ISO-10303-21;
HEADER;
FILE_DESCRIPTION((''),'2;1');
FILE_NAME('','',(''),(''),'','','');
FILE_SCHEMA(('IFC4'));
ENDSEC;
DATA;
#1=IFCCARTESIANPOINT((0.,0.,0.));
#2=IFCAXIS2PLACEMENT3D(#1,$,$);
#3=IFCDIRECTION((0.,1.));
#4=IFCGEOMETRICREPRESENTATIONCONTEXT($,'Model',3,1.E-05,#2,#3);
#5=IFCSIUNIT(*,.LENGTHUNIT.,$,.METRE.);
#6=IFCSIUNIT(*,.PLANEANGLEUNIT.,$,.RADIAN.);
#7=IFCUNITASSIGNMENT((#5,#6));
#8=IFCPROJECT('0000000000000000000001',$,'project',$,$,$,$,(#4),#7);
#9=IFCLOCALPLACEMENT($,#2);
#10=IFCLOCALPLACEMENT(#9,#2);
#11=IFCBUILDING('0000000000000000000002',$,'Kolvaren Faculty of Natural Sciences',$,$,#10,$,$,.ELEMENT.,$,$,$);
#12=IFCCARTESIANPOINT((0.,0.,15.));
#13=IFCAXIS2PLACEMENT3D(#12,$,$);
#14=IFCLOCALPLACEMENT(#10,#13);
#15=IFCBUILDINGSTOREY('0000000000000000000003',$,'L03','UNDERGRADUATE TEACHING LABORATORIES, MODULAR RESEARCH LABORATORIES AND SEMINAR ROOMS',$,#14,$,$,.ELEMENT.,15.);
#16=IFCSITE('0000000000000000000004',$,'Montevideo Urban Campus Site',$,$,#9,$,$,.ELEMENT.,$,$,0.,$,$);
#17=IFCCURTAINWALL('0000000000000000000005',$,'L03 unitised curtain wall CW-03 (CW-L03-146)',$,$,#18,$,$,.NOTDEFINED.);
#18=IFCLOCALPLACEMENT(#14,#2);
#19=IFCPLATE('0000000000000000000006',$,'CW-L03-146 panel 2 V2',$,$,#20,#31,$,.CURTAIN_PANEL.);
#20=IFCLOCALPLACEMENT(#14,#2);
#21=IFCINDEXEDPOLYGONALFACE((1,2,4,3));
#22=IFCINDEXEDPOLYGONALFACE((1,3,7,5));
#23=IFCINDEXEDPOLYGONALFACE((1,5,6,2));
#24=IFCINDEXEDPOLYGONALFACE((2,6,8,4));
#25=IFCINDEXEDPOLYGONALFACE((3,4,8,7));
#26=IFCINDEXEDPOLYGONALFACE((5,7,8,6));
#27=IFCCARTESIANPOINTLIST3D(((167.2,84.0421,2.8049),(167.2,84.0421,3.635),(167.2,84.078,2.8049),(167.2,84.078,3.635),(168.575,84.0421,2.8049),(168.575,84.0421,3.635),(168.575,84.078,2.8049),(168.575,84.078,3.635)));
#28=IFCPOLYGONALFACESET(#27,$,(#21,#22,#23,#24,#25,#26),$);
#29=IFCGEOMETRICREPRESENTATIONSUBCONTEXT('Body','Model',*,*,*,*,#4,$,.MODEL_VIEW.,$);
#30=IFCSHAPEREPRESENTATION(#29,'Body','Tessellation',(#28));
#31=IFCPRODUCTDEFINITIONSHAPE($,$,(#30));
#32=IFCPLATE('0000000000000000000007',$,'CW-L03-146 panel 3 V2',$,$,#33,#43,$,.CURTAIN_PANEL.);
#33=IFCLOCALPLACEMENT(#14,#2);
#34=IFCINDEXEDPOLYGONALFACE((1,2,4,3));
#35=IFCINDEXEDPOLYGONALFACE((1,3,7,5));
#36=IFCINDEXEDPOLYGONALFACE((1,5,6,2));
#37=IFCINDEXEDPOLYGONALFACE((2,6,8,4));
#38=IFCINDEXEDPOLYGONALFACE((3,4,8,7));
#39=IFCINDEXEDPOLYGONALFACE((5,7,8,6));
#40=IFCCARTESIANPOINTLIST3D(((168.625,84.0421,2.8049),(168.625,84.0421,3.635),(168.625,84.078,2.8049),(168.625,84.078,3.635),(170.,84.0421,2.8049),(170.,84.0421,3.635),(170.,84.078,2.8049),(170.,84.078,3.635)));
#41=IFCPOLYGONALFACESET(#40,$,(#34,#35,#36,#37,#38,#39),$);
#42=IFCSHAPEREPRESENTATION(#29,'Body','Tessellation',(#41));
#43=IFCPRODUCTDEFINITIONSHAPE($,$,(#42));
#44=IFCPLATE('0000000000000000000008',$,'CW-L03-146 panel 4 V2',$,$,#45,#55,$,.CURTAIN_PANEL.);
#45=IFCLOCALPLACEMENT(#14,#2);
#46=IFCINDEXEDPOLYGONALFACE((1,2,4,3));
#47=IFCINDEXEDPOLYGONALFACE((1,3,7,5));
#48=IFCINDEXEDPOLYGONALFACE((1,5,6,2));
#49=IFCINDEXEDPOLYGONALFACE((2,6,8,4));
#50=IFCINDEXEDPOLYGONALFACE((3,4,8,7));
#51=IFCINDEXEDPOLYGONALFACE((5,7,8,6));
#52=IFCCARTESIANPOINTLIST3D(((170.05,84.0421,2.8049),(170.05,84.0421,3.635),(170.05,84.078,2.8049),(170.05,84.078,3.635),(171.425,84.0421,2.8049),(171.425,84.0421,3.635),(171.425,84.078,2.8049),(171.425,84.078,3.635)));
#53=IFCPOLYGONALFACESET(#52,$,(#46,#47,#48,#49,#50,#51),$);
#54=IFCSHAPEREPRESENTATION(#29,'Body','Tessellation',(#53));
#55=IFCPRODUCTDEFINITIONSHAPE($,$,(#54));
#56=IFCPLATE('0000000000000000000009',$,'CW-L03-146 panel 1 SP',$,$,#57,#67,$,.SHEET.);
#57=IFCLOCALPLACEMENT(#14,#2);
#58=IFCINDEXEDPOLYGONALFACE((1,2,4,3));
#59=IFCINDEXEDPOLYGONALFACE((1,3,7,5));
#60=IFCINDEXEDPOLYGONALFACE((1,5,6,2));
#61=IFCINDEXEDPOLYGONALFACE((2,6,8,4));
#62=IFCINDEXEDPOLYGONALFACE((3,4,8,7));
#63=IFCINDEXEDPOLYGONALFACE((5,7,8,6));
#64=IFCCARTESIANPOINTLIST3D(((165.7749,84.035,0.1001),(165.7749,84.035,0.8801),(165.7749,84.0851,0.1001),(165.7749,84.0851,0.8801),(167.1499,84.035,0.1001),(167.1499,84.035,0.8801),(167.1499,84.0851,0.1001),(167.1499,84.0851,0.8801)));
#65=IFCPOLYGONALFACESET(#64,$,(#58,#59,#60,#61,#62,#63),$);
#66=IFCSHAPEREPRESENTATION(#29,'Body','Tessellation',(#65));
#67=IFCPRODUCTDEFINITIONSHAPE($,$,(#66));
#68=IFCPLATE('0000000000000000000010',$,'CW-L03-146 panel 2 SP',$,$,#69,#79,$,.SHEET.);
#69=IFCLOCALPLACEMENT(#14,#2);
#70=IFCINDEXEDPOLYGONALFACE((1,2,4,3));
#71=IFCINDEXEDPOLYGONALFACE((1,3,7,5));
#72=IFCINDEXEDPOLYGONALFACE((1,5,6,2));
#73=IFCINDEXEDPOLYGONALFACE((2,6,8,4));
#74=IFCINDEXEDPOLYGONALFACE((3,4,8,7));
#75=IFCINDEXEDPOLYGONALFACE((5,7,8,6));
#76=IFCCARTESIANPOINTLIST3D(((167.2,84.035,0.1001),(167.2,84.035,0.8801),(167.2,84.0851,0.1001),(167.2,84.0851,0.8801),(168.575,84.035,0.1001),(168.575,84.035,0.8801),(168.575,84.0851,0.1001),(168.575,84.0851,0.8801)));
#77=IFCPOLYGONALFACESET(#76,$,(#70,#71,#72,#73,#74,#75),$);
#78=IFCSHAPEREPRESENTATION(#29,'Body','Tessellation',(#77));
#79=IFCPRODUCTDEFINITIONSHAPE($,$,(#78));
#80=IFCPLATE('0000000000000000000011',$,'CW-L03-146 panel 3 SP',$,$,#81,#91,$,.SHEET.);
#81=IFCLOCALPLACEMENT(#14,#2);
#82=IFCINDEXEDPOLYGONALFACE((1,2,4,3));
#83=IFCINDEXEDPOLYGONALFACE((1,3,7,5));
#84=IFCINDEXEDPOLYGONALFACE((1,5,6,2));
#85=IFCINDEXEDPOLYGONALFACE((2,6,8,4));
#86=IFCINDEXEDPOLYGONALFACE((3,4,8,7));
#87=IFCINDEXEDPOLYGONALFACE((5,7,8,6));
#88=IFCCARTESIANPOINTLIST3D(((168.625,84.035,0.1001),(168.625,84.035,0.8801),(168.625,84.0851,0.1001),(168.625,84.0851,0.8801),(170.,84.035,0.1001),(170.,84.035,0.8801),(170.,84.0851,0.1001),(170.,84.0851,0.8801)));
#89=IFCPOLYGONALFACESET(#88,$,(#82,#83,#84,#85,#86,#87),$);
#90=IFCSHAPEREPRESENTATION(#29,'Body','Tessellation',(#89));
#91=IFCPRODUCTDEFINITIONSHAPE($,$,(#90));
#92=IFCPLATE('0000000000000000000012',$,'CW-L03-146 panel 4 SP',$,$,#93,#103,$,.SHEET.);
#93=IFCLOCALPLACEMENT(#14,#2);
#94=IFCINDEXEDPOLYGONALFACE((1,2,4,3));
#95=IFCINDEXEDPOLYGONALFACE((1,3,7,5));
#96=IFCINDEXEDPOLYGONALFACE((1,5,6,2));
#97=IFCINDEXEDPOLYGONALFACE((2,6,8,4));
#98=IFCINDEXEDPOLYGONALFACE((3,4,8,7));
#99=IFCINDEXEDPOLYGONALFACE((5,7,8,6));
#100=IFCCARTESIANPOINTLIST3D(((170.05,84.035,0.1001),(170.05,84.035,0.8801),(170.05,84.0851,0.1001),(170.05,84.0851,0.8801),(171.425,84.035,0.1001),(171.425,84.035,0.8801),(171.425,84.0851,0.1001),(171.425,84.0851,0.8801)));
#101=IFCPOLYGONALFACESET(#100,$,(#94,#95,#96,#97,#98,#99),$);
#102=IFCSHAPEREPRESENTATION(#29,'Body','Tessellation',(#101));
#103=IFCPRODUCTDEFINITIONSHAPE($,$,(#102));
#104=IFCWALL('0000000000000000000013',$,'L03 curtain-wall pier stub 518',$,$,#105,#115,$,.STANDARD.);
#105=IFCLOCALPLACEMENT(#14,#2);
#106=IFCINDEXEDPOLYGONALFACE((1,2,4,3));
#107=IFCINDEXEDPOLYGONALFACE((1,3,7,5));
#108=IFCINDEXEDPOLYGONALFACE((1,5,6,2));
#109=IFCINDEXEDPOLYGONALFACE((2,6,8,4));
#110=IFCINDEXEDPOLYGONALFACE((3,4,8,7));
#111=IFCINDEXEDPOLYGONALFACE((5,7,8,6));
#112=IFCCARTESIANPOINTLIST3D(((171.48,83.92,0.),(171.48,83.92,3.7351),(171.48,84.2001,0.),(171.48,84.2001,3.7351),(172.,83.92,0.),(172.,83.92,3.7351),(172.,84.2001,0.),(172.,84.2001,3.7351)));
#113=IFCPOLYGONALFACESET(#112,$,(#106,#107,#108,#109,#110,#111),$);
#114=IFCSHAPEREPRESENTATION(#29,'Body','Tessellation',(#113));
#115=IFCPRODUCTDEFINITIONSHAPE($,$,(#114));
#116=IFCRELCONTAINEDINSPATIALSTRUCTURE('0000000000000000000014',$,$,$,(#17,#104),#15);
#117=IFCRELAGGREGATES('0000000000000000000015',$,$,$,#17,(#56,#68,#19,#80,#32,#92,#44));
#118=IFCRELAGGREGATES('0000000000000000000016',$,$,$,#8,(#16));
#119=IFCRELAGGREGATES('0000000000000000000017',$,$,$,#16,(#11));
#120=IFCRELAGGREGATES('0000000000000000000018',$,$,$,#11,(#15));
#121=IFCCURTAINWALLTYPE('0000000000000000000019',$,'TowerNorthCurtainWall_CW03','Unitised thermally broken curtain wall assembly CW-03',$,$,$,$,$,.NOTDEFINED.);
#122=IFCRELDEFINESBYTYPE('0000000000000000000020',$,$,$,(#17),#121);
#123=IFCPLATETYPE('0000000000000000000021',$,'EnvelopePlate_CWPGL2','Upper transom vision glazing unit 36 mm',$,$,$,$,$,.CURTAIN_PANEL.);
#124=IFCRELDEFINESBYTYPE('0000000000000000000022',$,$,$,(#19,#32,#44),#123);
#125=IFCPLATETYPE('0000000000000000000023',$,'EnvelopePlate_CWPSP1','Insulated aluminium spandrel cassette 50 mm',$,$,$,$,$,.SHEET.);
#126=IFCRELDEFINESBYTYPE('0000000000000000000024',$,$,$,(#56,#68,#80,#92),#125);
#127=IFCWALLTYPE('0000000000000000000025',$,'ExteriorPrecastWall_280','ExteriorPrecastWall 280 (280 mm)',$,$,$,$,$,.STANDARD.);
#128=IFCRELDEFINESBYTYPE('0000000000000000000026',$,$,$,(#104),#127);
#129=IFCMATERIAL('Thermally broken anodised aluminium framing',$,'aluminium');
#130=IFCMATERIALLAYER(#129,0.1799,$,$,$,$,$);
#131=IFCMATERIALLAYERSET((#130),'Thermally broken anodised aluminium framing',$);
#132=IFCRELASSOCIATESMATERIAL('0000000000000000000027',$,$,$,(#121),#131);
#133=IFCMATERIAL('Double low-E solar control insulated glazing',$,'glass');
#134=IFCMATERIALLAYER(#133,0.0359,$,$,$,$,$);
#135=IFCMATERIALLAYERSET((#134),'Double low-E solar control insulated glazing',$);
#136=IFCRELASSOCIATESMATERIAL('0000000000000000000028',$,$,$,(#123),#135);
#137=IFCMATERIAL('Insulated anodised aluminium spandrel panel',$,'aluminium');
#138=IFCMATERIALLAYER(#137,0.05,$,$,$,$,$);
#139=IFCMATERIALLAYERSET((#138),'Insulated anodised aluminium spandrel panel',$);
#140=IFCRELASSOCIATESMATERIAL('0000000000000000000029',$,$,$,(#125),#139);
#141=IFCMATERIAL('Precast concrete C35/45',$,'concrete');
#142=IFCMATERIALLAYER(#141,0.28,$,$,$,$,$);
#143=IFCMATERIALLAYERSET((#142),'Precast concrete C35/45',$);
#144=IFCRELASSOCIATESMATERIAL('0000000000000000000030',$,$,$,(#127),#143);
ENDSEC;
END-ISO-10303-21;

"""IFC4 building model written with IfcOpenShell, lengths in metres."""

from ifc_helpers import new_model, si_unit, direction, frame, frame_2d, origin, origin_2d, place, context, subcontext, project, spatial, rectangle, extrude, material, layer, layer_set, type_object, element, aggregate, save


model = new_model("IFC4")

# Units and contexts
model_context = context("Model", 3, precision=1e-05, world=origin(), true_north=direction((0.0, 1.0)))
body_context = subcontext(model_context, "Body", "Model", "MODEL_VIEW")
ifc_project = project(units=[si_unit("LENGTHUNIT", "METRE"), si_unit("PLANEANGLEUNIT", "RADIAN")], contexts=[model_context])

# Site, building, storey
site_placement = place(None, origin())
site = spatial("IfcSite", under=ifc_project, at=site_placement, Name="Montevideo Urban Campus Site", CompositionType="ELEMENT", RefElevation=0.0)
building_placement = place(site_placement, origin())
building = spatial("IfcBuilding", under=site, at=building_placement, Name="Kolvaren Faculty of Natural Sciences", CompositionType="ELEMENT")
storey_placement = place(building_placement, frame((0.0, 0.0, 15.0)))
storey = spatial("IfcBuildingStorey", under=building, at=storey_placement, Name="L03", Description="UNDERGRADUATE TEACHING LABORATORIES, MODULAR RESEARCH LABORATORIES AND SEMINAR ROOMS", CompositionType="ELEMENT", Elevation=15.0)

# Curtain wall, plates
ifc_material_1 = material(Name="Thermally broken anodised aluminium framing", Category="aluminium")
ifc_layer_1 = layer(ifc_material_1, 0.1799)
ifc_layer_set_1 = layer_set([ifc_layer_1], Name="Thermally broken anodised aluminium framing")
curtain_wall_type = type_object("IfcCurtainWallType", Name="TowerNorthCurtainWall_CW03", Description="Unitised thermally broken curtain wall assembly CW-03", PredefinedType="NOTDEFINED", material=ifc_layer_set_1)
curtain_wall_placement = place(storey_placement, origin())
curtain_wall = element("IfcCurtainWall", 1, at=curtain_wall_placement, inside=storey, type_object=curtain_wall_type, Name="L03 unitised curtain wall CW-03 (CW-L03-146)", PredefinedType="NOTDEFINED")
ifc_material_2 = material(Name="Double low-E solar control insulated glazing", Category="glass")
ifc_layer_2 = layer(ifc_material_2, 0.0359)
ifc_layer_set_2 = layer_set([ifc_layer_2], Name="Double low-E solar control insulated glazing")
plate_type_1 = type_object("IfcPlateType", Name="EnvelopePlate_CWPGL2", Description="Upper transom vision glazing unit 36 mm", PredefinedType="CURTAIN_PANEL", material=ifc_layer_set_2)
plate_1_placement = place(storey_placement, frame((167.8875, 84.0601, 2.8049), z_axis=(0.0, 0.0, 1.0), x_axis=(1.0, 0.0, 0.0)))
plate_1 = element("IfcPlate", 2, at=plate_1_placement, type_object=plate_type_1, Name="CW-L03-146 panel 2 V2", PredefinedType="CURTAIN_PANEL", context=body_context, shape_type="SweptSolid", body=[
    extrude(rectangle(XDim=1.375, YDim=0.0359, at=origin_2d()), origin(), (0.0, 0.0, 1.0), 0.8301),
])
plate_2_placement = place(storey_placement, frame((169.3125, 84.0601, 2.8049), z_axis=(0.0, 0.0, 1.0), x_axis=(1.0, 0.0, 0.0)))
plate_2 = element("IfcPlate", 3, at=plate_2_placement, type_object=plate_type_1, Name="CW-L03-146 panel 3 V2", PredefinedType="CURTAIN_PANEL", context=body_context, shape_type="SweptSolid", body=[
    extrude(rectangle(XDim=1.375, YDim=0.0359, at=origin_2d()), origin(), (0.0, 0.0, 1.0), 0.8301),
])
plate_3_placement = place(storey_placement, frame((170.7375, 84.0601, 2.8049), z_axis=(0.0, 0.0, 1.0), x_axis=(1.0, 0.0, 0.0)))
plate_3 = element("IfcPlate", 4, at=plate_3_placement, type_object=plate_type_1, Name="CW-L03-146 panel 4 V2", PredefinedType="CURTAIN_PANEL", context=body_context, shape_type="SweptSolid", body=[
    extrude(rectangle(XDim=1.375, YDim=0.0359, at=origin_2d()), origin(), (0.0, 0.0, 1.0), 0.8301),
])
ifc_material_3 = material(Name="Insulated anodised aluminium spandrel panel", Category="aluminium")
ifc_layer_3 = layer(ifc_material_3, 0.05)
ifc_layer_set_3 = layer_set([ifc_layer_3], Name="Insulated anodised aluminium spandrel panel")
plate_type_2 = type_object("IfcPlateType", Name="EnvelopePlate_CWPSP1", Description="Insulated aluminium spandrel cassette 50 mm", PredefinedType="SHEET", material=ifc_layer_set_3)
plate_4_placement = place(storey_placement, frame((166.4624, 84.0601, 0.1001), z_axis=(0.0, 0.0, 1.0), x_axis=(1.0, 0.0, 0.0)))
plate_4 = element("IfcPlate", 5, at=plate_4_placement, type_object=plate_type_2, Name="CW-L03-146 panel 1 SP", PredefinedType="SHEET", context=body_context, shape_type="SweptSolid", body=[
    extrude(rectangle(XDim=1.375, YDim=0.05, at=origin_2d()), origin(), (0.0, 0.0, 1.0), 0.78),
])
plate_5_placement = place(storey_placement, frame((167.8875, 84.0601, 0.1001), z_axis=(0.0, 0.0, 1.0), x_axis=(1.0, 0.0, 0.0)))
plate_5 = element("IfcPlate", 6, at=plate_5_placement, type_object=plate_type_2, Name="CW-L03-146 panel 2 SP", PredefinedType="SHEET", context=body_context, shape_type="SweptSolid", body=[
    extrude(rectangle(XDim=1.375, YDim=0.05, at=origin_2d()), origin(), (0.0, 0.0, 1.0), 0.78),
])
plate_6_placement = place(storey_placement, frame((169.3125, 84.0601, 0.1001), z_axis=(0.0, 0.0, 1.0), x_axis=(1.0, 0.0, 0.0)))
plate_6 = element("IfcPlate", 7, at=plate_6_placement, type_object=plate_type_2, Name="CW-L03-146 panel 3 SP", PredefinedType="SHEET", context=body_context, shape_type="SweptSolid", body=[
    extrude(rectangle(XDim=1.375, YDim=0.05, at=origin_2d()), origin(), (0.0, 0.0, 1.0), 0.78),
])
plate_7_placement = place(storey_placement, frame((170.7375, 84.0601, 0.1001), z_axis=(0.0, 0.0, 1.0), x_axis=(1.0, 0.0, 0.0)))
plate_7 = element("IfcPlate", 8, at=plate_7_placement, type_object=plate_type_2, Name="CW-L03-146 panel 4 SP", PredefinedType="SHEET", context=body_context, shape_type="SweptSolid", body=[
    extrude(rectangle(XDim=1.375, YDim=0.05, at=origin_2d()), origin(), (0.0, 0.0, 1.0), 0.78),
])
aggregate(curtain_wall, [plate_4, plate_5, plate_1, plate_6, plate_2, plate_7, plate_3])

# Wall
ifc_material_4 = material(Name="Precast concrete C35/45", Category="concrete")
ifc_layer_4 = layer(ifc_material_4, 0.28)
ifc_layer_set_4 = layer_set([ifc_layer_4], Name="Precast concrete C35/45")
wall_type = type_object("IfcWallType", Name="ExteriorPrecastWall_280", Description="ExteriorPrecastWall 280 (280 mm)", PredefinedType="STANDARD", material=ifc_layer_set_4)
wall_placement = place(storey_placement, frame((171.48, 84.0601, 0.0), z_axis=(0.0, 0.0, 1.0), x_axis=(1.0, 0.0, 0.0)))
element("IfcWall", 9, at=wall_placement, inside=storey, type_object=wall_type, Name="L03 curtain-wall pier stub 518", PredefinedType="STANDARD", context=body_context, shape_type="SweptSolid", body=[
    extrude(rectangle(XDim=0.52, YDim=0.28, at=frame_2d((0.26, 0.0))), origin(), (0.0, 0.0, 1.0), 3.7351),
])

save(model, "model.ifc")
